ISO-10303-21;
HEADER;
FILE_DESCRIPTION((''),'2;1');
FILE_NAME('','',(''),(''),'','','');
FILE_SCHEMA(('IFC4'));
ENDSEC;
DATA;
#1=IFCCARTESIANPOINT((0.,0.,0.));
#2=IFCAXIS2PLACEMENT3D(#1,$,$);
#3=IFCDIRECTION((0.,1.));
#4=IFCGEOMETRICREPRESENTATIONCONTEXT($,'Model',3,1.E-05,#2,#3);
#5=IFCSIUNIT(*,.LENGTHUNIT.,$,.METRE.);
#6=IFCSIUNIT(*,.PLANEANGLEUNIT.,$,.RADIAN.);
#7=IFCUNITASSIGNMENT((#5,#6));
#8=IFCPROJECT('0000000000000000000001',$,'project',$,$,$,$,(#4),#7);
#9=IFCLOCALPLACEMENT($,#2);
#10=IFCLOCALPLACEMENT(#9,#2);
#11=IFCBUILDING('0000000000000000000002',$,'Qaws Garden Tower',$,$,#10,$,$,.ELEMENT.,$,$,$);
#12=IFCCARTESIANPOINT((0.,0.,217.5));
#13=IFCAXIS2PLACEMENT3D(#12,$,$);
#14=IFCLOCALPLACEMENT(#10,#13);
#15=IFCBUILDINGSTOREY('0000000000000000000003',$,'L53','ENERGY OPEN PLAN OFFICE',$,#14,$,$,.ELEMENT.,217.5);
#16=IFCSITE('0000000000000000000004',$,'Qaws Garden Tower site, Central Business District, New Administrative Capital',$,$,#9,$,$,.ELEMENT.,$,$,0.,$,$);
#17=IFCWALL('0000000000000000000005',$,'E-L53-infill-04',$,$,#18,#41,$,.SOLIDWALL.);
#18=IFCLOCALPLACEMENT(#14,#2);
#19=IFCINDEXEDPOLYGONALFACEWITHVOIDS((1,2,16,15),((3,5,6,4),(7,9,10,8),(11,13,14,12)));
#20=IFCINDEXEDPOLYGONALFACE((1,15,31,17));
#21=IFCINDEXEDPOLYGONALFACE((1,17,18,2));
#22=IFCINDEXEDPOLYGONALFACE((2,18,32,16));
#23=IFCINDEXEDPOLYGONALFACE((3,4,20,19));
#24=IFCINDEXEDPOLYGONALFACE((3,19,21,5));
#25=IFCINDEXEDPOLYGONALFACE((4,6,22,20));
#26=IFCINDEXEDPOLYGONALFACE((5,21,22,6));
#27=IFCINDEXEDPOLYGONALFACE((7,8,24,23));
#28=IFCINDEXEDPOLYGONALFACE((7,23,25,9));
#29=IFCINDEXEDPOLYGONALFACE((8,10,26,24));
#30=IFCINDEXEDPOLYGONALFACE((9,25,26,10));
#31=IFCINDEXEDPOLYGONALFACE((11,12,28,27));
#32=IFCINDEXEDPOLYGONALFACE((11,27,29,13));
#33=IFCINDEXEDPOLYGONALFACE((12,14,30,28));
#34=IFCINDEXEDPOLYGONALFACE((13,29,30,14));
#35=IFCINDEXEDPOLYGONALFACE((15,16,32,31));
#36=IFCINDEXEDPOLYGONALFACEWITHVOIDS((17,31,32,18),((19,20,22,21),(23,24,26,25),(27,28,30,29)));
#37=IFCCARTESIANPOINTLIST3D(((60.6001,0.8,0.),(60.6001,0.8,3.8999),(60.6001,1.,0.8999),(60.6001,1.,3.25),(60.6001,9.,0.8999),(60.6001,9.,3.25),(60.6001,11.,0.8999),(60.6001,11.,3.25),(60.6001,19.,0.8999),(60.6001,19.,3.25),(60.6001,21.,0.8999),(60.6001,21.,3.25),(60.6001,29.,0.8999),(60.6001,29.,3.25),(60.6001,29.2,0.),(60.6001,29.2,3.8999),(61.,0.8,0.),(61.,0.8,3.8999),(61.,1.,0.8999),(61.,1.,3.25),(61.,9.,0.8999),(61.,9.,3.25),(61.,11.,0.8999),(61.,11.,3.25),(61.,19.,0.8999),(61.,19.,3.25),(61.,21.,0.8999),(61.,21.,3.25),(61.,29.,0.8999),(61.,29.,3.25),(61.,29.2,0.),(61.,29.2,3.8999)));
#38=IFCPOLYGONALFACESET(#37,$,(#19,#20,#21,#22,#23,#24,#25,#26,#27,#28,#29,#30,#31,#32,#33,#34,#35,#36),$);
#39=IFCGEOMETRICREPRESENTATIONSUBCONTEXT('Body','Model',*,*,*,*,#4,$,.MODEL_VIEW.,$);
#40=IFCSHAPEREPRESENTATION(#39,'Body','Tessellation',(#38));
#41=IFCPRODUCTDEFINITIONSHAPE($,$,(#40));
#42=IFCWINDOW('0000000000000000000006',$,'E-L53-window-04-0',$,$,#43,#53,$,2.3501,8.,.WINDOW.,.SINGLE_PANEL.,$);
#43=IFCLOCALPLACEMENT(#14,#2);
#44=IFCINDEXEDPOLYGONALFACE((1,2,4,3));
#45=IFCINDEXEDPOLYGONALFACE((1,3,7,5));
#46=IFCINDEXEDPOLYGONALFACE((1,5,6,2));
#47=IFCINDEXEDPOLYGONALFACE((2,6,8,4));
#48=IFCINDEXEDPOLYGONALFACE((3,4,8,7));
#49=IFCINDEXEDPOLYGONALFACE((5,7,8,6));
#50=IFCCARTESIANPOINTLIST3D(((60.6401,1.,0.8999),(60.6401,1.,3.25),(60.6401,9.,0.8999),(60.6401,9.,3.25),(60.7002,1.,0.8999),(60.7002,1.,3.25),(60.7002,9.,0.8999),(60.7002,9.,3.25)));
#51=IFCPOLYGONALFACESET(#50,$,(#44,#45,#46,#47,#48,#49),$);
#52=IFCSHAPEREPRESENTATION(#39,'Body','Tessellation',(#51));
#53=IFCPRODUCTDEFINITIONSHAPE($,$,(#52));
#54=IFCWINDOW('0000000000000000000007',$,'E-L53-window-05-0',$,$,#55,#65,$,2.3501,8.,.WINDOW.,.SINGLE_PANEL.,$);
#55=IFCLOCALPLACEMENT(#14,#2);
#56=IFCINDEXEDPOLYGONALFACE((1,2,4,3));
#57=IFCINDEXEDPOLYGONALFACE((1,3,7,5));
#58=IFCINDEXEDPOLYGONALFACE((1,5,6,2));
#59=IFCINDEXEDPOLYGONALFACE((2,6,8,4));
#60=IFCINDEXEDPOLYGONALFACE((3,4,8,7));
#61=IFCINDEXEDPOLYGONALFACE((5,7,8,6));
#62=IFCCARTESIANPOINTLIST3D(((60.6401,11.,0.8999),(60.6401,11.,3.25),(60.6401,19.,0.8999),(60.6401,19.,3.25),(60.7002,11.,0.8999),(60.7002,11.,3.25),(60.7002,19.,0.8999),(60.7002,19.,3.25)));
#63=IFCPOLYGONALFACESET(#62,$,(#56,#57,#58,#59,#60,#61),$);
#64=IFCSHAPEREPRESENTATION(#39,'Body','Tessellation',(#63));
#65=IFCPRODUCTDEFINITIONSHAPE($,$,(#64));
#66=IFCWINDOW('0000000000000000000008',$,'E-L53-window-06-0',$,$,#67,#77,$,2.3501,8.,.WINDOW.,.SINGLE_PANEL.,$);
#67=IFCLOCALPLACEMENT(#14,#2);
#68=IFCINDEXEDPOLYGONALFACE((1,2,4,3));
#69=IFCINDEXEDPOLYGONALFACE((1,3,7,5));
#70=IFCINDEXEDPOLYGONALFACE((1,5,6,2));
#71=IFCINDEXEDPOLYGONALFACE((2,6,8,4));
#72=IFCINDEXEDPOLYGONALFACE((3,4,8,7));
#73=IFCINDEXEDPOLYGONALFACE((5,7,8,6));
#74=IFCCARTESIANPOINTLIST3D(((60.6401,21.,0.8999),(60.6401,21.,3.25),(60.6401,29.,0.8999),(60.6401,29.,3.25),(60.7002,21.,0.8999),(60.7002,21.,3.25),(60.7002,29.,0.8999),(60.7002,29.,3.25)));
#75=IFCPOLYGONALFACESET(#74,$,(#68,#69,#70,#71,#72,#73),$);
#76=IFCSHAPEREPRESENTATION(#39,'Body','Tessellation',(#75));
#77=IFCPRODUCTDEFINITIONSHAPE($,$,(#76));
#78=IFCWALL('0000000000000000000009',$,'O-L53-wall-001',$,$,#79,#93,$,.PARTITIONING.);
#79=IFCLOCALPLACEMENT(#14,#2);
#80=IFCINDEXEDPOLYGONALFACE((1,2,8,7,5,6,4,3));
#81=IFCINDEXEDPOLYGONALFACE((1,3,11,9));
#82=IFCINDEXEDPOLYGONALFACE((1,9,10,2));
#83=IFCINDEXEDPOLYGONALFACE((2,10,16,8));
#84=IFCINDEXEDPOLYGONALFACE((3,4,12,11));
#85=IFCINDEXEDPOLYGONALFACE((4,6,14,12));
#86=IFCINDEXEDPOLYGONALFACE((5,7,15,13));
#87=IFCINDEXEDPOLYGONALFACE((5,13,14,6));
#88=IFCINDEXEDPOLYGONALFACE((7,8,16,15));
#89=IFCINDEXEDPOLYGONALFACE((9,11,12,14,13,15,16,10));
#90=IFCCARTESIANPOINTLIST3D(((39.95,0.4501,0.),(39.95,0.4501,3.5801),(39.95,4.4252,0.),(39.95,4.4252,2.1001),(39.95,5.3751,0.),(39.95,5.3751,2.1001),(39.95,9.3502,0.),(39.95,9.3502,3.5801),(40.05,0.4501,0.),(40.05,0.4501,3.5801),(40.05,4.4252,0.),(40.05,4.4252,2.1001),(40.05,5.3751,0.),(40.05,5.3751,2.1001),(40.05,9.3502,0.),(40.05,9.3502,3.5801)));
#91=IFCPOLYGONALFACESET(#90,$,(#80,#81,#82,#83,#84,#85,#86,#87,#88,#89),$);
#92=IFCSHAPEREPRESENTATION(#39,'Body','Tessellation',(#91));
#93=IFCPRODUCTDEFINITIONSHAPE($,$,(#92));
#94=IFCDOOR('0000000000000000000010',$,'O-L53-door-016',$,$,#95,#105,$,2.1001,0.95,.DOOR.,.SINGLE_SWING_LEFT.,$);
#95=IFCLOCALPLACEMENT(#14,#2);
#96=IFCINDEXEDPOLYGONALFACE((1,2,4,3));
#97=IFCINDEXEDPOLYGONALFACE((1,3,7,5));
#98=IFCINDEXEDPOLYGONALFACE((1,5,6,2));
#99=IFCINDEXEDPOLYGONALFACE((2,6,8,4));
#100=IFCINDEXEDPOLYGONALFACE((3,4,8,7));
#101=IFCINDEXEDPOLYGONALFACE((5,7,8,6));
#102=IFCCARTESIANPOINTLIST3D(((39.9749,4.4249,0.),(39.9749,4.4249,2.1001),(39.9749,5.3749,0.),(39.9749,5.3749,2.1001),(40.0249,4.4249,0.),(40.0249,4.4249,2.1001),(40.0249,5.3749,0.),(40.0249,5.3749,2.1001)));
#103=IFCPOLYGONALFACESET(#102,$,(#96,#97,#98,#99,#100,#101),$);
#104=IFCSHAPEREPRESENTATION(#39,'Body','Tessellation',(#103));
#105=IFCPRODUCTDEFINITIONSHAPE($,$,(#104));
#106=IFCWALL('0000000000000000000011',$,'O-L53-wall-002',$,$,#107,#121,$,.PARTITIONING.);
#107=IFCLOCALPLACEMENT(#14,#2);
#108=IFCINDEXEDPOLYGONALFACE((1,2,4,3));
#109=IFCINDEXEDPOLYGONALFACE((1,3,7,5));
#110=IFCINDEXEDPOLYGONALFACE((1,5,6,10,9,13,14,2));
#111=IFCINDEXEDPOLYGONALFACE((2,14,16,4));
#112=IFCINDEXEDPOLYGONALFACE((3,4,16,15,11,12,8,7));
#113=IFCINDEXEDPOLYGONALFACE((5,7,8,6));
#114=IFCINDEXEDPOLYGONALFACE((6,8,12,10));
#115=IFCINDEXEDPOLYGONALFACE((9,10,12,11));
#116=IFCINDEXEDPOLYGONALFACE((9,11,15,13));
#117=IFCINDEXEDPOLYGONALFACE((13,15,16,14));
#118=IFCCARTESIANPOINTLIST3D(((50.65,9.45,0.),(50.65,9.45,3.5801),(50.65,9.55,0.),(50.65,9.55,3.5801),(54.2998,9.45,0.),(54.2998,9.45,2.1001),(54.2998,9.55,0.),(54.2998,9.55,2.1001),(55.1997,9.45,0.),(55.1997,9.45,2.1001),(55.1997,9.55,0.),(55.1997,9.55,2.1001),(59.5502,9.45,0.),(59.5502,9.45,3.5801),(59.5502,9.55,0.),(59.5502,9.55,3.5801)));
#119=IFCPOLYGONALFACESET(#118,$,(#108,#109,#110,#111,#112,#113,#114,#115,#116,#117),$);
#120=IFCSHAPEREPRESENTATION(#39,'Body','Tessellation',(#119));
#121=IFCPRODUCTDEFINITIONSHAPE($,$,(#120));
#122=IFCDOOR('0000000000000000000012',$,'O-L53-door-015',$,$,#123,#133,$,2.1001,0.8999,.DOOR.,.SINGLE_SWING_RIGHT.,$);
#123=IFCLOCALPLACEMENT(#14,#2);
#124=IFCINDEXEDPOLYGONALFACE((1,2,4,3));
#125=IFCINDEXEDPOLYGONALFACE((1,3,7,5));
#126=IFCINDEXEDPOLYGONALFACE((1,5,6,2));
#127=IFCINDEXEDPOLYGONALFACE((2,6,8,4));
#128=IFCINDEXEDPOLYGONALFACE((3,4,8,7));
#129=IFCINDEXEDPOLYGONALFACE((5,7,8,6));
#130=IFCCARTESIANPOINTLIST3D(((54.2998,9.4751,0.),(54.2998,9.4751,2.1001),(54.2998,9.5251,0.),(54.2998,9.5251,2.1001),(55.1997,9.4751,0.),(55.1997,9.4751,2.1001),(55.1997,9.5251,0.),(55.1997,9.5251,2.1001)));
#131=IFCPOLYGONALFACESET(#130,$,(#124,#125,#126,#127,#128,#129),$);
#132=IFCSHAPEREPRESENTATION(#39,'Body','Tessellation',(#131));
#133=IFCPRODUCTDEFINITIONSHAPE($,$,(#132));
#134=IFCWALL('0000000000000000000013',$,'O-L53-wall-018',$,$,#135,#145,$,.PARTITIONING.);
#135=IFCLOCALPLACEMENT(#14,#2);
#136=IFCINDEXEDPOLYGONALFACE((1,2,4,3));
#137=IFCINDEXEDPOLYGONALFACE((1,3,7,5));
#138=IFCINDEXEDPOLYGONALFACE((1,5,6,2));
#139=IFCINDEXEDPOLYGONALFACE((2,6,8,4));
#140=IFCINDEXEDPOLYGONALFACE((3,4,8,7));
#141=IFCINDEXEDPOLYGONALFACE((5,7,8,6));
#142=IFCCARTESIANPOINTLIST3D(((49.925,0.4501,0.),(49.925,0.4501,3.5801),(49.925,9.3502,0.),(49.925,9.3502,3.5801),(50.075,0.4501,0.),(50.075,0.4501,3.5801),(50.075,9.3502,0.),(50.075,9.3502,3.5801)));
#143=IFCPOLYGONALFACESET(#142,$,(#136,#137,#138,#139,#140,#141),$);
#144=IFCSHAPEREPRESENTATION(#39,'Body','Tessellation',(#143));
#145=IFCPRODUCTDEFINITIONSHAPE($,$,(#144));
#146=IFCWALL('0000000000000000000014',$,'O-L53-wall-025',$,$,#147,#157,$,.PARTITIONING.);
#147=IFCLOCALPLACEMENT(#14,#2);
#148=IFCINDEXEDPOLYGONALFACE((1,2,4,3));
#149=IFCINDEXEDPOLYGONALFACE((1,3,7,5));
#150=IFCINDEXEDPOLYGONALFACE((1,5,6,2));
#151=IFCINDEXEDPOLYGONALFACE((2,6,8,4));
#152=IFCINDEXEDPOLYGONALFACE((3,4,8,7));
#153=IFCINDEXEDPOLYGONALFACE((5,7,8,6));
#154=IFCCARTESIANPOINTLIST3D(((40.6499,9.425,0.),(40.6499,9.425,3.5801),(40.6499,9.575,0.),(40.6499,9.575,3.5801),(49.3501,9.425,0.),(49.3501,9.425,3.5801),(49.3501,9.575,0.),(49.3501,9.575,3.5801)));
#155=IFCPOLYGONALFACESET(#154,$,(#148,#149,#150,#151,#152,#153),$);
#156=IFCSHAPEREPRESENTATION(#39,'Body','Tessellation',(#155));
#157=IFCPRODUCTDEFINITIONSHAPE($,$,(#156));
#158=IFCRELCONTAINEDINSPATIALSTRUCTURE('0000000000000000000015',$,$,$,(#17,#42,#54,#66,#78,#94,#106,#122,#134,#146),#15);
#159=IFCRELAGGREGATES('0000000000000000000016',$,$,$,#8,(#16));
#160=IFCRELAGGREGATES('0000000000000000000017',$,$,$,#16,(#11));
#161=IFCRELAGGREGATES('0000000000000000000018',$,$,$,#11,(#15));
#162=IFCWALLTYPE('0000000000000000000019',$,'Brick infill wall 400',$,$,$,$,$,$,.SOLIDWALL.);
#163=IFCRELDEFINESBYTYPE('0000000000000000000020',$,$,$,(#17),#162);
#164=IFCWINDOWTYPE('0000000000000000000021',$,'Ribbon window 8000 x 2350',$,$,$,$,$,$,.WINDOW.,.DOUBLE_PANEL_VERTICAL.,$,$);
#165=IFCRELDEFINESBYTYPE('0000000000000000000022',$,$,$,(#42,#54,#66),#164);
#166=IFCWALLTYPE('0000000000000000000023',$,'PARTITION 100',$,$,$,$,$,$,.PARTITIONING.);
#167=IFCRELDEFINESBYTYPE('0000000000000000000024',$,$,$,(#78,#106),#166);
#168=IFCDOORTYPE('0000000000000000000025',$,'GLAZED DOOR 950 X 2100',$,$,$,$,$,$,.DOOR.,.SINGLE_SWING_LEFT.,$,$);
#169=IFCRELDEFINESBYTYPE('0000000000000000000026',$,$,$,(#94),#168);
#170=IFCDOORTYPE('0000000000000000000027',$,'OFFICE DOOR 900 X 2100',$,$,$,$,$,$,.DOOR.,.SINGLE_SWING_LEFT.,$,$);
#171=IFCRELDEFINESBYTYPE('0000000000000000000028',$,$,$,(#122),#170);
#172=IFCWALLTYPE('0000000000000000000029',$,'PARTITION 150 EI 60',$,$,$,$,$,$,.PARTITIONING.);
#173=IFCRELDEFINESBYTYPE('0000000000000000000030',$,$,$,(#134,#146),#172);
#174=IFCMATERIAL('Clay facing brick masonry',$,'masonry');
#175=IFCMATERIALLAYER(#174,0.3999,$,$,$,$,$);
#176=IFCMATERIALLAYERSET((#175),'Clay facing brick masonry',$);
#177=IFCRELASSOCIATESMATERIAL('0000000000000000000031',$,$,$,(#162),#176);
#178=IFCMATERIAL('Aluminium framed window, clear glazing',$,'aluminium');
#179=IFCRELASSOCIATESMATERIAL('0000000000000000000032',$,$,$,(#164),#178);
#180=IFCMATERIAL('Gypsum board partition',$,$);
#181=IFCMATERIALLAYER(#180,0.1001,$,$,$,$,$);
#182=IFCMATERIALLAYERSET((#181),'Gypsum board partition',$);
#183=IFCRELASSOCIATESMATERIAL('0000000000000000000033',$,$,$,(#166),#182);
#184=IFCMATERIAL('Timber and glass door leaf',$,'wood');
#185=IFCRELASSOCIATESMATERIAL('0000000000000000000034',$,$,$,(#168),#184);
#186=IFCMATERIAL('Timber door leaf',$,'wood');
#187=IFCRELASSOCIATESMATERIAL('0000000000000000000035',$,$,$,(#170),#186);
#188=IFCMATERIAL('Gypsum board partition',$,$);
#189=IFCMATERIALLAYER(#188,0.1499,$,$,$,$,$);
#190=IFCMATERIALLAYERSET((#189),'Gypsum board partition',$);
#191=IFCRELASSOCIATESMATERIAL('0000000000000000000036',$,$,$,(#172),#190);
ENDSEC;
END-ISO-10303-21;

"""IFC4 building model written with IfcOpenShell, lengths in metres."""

from ifc_helpers import new_model, si_unit, direction, frame, frame_2d, origin, place, context, subcontext, project, spatial, rectangle, extrude, material, layer, layer_set, type_object, element, fill, save


model = new_model("IFC4")

# Units and contexts
model_context = context("Model", 3, precision=1e-05, world=origin(), true_north=direction((0.0, 1.0)))
body_context = subcontext(model_context, "Body", "Model", "MODEL_VIEW")
ifc_project = project(units=[si_unit("LENGTHUNIT", "METRE"), si_unit("PLANEANGLEUNIT", "RADIAN")], contexts=[model_context])

# Site, building, storey
site_placement = place(None, origin())
site = spatial("IfcSite", under=ifc_project, at=site_placement, Name="Qaws Garden Tower site, Central Business District, New Administrative Capital", CompositionType="ELEMENT", RefElevation=0.0)
building_placement = place(site_placement, origin())
building = spatial("IfcBuilding", under=site, at=building_placement, Name="Qaws Garden Tower", CompositionType="ELEMENT")
storey_placement = place(building_placement, frame((0.0, 0.0, 217.5)))
storey = spatial("IfcBuildingStorey", under=building, at=storey_placement, Name="L53", Description="ENERGY OPEN PLAN OFFICE", CompositionType="ELEMENT", Elevation=217.5)

# Wall, openings, windows
ifc_material_1 = material(Name="Clay facing brick masonry", Category="masonry")
ifc_layer_1 = layer(ifc_material_1, 0.3999)
ifc_layer_set_1 = layer_set([ifc_layer_1], Name="Clay facing brick masonry")
wall_type_1 = type_object("IfcWallType", Name="Brick infill wall 400", PredefinedType="SOLIDWALL", material=ifc_layer_set_1)
wall_1_placement = place(storey_placement, frame((60.8, 0.8, 0.0), z_axis=(0.0, 0.0, 1.0), x_axis=(0.0, 1.0, 0.0)))
wall_1 = element("IfcWall", 1, at=wall_1_placement, inside=storey, type_object=wall_type_1, Name="E-L53-infill-04", PredefinedType="SOLIDWALL", context=body_context, shape_type="SweptSolid", body=[
    extrude(rectangle(XDim=28.3999, YDim=0.3999, at=frame_2d((14.2, 0.0))), origin(), (0.0, 0.0, 1.0), 3.8999),
])
opening_1_placement = place(wall_1_placement, frame((0.2, 0.0, 0.8999)))
opening_1 = element("IfcOpeningElement", 2, at=opening_1_placement, cuts=wall_1, PredefinedType="OPENING", context=body_context, shape_type="SweptSolid", body=[
    extrude(rectangle(XDim=8.0, YDim=2.3501, at=frame_2d((4.0, 1.175))), frame((0.0, 0.21, 0.0), z_axis=(0.0, -1.0, 0.0), x_axis=(1.0, 0.0, 0.0)), (0.0, 0.0, 1.0), 0.4199),
])
opening_2_placement = place(wall_1_placement, frame((10.2, 0.0, 0.8999)))
opening_2 = element("IfcOpeningElement", 3, at=opening_2_placement, cuts=wall_1, PredefinedType="OPENING", context=body_context, shape_type="SweptSolid", body=[
    extrude(rectangle(XDim=8.0, YDim=2.3501, at=frame_2d((4.0, 1.175))), frame((0.0, 0.21, 0.0), z_axis=(0.0, -1.0, 0.0), x_axis=(1.0, 0.0, 0.0)), (0.0, 0.0, 1.0), 0.4199),
])
opening_3_placement = place(wall_1_placement, frame((20.2, 0.0, 0.8999)))
opening_3 = element("IfcOpeningElement", 4, at=opening_3_placement, cuts=wall_1, PredefinedType="OPENING", context=body_context, shape_type="SweptSolid", body=[
    extrude(rectangle(XDim=8.0, YDim=2.3501, at=frame_2d((4.0, 1.175))), frame((0.0, 0.21, 0.0), z_axis=(0.0, -1.0, 0.0), x_axis=(1.0, 0.0, 0.0)), (0.0, 0.0, 1.0), 0.4199),
])
ifc_material_2 = material(Name="Aluminium framed window, clear glazing", Category="aluminium")
window_type = type_object("IfcWindowType", Name="Ribbon window 8000 x 2350", PartitioningType="DOUBLE_PANEL_VERTICAL", PredefinedType="WINDOW", material=ifc_material_2)
window_1_placement = place(opening_1_placement, origin())
window_1 = element("IfcWindow", 5, at=window_1_placement, inside=storey, type_object=window_type, Name="E-L53-window-04-0", OverallHeight=2.3501, OverallWidth=8.0, PartitioningType="SINGLE_PANEL", PredefinedType="WINDOW", context=body_context, shape_type="SweptSolid", body=[
    extrude(rectangle(XDim=8.0, YDim=2.3501, at=frame_2d((4.0, 1.175))), frame((0.0, 0.1599, 0.0), z_axis=(0.0, -1.0, 0.0), x_axis=(1.0, 0.0, 0.0)), (0.0, 0.0, 1.0), 0.0601),
])
fill(opening_1, window_1)
window_2_placement = place(opening_2_placement, origin())
window_2 = element("IfcWindow", 6, at=window_2_placement, inside=storey, type_object=window_type, Name="E-L53-window-05-0", OverallHeight=2.3501, OverallWidth=8.0, PartitioningType="SINGLE_PANEL", PredefinedType="WINDOW", context=body_context, shape_type="SweptSolid", body=[
    extrude(rectangle(XDim=8.0, YDim=2.3501, at=frame_2d((4.0, 1.175))), frame((0.0, 0.1599, 0.0), z_axis=(0.0, -1.0, 0.0), x_axis=(1.0, 0.0, 0.0)), (0.0, 0.0, 1.0), 0.0601),
])
fill(opening_2, window_2)
window_3_placement = place(opening_3_placement, origin())
window_3 = element("IfcWindow", 7, at=window_3_placement, inside=storey, type_object=window_type, Name="E-L53-window-06-0", OverallHeight=2.3501, OverallWidth=8.0, PartitioningType="SINGLE_PANEL", PredefinedType="WINDOW", context=body_context, shape_type="SweptSolid", body=[
    extrude(rectangle(XDim=8.0, YDim=2.3501, at=frame_2d((4.0, 1.175))), frame((0.0, 0.1599, 0.0), z_axis=(0.0, -1.0, 0.0), x_axis=(1.0, 0.0, 0.0)), (0.0, 0.0, 1.0), 0.0601),
])
fill(opening_3, window_3)

# Walls, openings, doors
ifc_material_3 = material(Name="Gypsum board partition")
ifc_layer_2 = layer(ifc_material_3, 0.1001)
ifc_layer_set_2 = layer_set([ifc_layer_2], Name="Gypsum board partition")
wall_type_2 = type_object("IfcWallType", Name="PARTITION 100", PredefinedType="PARTITIONING", material=ifc_layer_set_2)
wall_2_placement = place(storey_placement, frame((40.0, 0.45, 0.0), z_axis=(0.0, 0.0, 1.0), x_axis=(0.0, 1.0, 0.0)))
wall_2 = element("IfcWall", 8, at=wall_2_placement, inside=storey, type_object=wall_type_2, Name="O-L53-wall-001", PredefinedType="PARTITIONING", context=body_context, shape_type="SweptSolid", body=[
    extrude(rectangle(XDim=8.9001, YDim=0.1001, at=frame_2d((4.4502, 0.0))), origin(), (0.0, 0.0, 1.0), 3.5801),
])
opening_4_placement = place(wall_2_placement, frame((3.9751, 0.0, 0.0)))
opening_4 = element("IfcOpeningElement", 9, at=opening_4_placement, cuts=wall_2, PredefinedType="OPENING", context=body_context, shape_type="SweptSolid", body=[
    extrude(rectangle(XDim=0.95, YDim=2.1001, at=frame_2d((0.4751, 1.05))), frame((0.0, 0.0601, 0.0), z_axis=(0.0, -1.0, 0.0), x_axis=(1.0, 0.0, 0.0)), (0.0, 0.0, 1.0), 0.1201),
])
ifc_material_4 = material(Name="Timber and glass door leaf", Category="wood")
door_type_1 = type_object("IfcDoorType", Name="GLAZED DOOR 950 X 2100", OperationType="SINGLE_SWING_LEFT", PredefinedType="DOOR", material=ifc_material_4)
door_1_placement = place(opening_4_placement, frame((0.95, 0.0, 0.0), z_axis=(0.0, 0.0, 1.0), x_axis=(-1.0, 0.0, 0.0)))
door_1 = element("IfcDoor", 10, at=door_1_placement, inside=storey, type_object=door_type_1, Name="O-L53-door-016", OperationType="SINGLE_SWING_LEFT", OverallHeight=2.1001, OverallWidth=0.95, PredefinedType="DOOR", context=body_context, shape_type="SweptSolid", body=[
    extrude(rectangle(XDim=0.95, YDim=2.1001, at=frame_2d((0.4751, 1.05))), frame((0.0, 0.0249, 0.0), z_axis=(0.0, -1.0, 0.0), x_axis=(1.0, 0.0, 0.0)), (0.0, 0.0, 1.0), 0.05),
])
fill(opening_4, door_1)
wall_3_placement = place(storey_placement, frame((50.6499, 9.5, 0.0), z_axis=(0.0, 0.0, 1.0), x_axis=(1.0, 0.0, 0.0)))
wall_3 = element("IfcWall", 11, at=wall_3_placement, inside=storey, type_object=wall_type_2, Name="O-L53-wall-002", PredefinedType="PARTITIONING", context=body_context, shape_type="SweptSolid", body=[
    extrude(rectangle(XDim=8.9001, YDim=0.1001, at=frame_2d((4.4502, 0.0))), origin(), (0.0, 0.0, 1.0), 3.5801),
])
opening_5_placement = place(wall_3_placement, frame((3.6499, 0.0, 0.0)))
opening_5 = element("IfcOpeningElement", 12, at=opening_5_placement, cuts=wall_3, PredefinedType="OPENING", context=body_context, shape_type="SweptSolid", body=[
    extrude(rectangle(XDim=0.8999, YDim=2.1001, at=frame_2d((0.45, 1.05))), frame((0.0, 0.0601, 0.0), z_axis=(0.0, -1.0, 0.0), x_axis=(1.0, 0.0, 0.0)), (0.0, 0.0, 1.0), 0.1201),
])
ifc_material_5 = material(Name="Timber door leaf", Category="wood")
door_type_2 = type_object("IfcDoorType", Name="OFFICE DOOR 900 X 2100", OperationType="SINGLE_SWING_LEFT", PredefinedType="DOOR", material=ifc_material_5)
door_2_placement = place(opening_5_placement, frame((0.8999, 0.0, 0.0), z_axis=(0.0, 0.0, 1.0), x_axis=(-1.0, 0.0, 0.0)))
door_2 = element("IfcDoor", 13, at=door_2_placement, inside=storey, type_object=door_type_2, Name="O-L53-door-015", OperationType="SINGLE_SWING_RIGHT", OverallHeight=2.1001, OverallWidth=0.8999, PredefinedType="DOOR", context=body_context, shape_type="SweptSolid", body=[
    extrude(rectangle(XDim=0.8999, YDim=2.1001, at=frame_2d((0.45, 1.05))), frame((0.0, 0.0249, 0.0), z_axis=(0.0, -1.0, 0.0), x_axis=(1.0, 0.0, 0.0)), (0.0, 0.0, 1.0), 0.05),
])
fill(opening_5, door_2)

# Walls
ifc_material_6 = material(Name="Gypsum board partition")
ifc_layer_3 = layer(ifc_material_6, 0.1499)
ifc_layer_set_3 = layer_set([ifc_layer_3], Name="Gypsum board partition")
wall_type_3 = type_object("IfcWallType", Name="PARTITION 150 EI 60", PredefinedType="PARTITIONING", material=ifc_layer_set_3)
wall_4_placement = place(storey_placement, frame((50.0, 0.45, 0.0), z_axis=(0.0, 0.0, 1.0), x_axis=(0.0, 1.0, 0.0)))
element("IfcWall", 14, at=wall_4_placement, inside=storey, type_object=wall_type_3, Name="O-L53-wall-018", PredefinedType="PARTITIONING", context=body_context, shape_type="SweptSolid", body=[
    extrude(rectangle(XDim=8.9001, YDim=0.1499, at=frame_2d((4.4502, 0.0))), origin(), (0.0, 0.0, 1.0), 3.5801),
])
wall_5_placement = place(storey_placement, frame((40.6499, 9.5, 0.0), z_axis=(0.0, 0.0, 1.0), x_axis=(1.0, 0.0, 0.0)))
element("IfcWall", 15, at=wall_5_placement, inside=storey, type_object=wall_type_3, Name="O-L53-wall-025", PredefinedType="PARTITIONING", context=body_context, shape_type="SweptSolid", body=[
    extrude(rectangle(XDim=8.7002, YDim=0.1499, at=frame_2d((4.3501, 0.0))), origin(), (0.0, 0.0, 1.0), 3.5801),
])

save(model, "model.ifc")
